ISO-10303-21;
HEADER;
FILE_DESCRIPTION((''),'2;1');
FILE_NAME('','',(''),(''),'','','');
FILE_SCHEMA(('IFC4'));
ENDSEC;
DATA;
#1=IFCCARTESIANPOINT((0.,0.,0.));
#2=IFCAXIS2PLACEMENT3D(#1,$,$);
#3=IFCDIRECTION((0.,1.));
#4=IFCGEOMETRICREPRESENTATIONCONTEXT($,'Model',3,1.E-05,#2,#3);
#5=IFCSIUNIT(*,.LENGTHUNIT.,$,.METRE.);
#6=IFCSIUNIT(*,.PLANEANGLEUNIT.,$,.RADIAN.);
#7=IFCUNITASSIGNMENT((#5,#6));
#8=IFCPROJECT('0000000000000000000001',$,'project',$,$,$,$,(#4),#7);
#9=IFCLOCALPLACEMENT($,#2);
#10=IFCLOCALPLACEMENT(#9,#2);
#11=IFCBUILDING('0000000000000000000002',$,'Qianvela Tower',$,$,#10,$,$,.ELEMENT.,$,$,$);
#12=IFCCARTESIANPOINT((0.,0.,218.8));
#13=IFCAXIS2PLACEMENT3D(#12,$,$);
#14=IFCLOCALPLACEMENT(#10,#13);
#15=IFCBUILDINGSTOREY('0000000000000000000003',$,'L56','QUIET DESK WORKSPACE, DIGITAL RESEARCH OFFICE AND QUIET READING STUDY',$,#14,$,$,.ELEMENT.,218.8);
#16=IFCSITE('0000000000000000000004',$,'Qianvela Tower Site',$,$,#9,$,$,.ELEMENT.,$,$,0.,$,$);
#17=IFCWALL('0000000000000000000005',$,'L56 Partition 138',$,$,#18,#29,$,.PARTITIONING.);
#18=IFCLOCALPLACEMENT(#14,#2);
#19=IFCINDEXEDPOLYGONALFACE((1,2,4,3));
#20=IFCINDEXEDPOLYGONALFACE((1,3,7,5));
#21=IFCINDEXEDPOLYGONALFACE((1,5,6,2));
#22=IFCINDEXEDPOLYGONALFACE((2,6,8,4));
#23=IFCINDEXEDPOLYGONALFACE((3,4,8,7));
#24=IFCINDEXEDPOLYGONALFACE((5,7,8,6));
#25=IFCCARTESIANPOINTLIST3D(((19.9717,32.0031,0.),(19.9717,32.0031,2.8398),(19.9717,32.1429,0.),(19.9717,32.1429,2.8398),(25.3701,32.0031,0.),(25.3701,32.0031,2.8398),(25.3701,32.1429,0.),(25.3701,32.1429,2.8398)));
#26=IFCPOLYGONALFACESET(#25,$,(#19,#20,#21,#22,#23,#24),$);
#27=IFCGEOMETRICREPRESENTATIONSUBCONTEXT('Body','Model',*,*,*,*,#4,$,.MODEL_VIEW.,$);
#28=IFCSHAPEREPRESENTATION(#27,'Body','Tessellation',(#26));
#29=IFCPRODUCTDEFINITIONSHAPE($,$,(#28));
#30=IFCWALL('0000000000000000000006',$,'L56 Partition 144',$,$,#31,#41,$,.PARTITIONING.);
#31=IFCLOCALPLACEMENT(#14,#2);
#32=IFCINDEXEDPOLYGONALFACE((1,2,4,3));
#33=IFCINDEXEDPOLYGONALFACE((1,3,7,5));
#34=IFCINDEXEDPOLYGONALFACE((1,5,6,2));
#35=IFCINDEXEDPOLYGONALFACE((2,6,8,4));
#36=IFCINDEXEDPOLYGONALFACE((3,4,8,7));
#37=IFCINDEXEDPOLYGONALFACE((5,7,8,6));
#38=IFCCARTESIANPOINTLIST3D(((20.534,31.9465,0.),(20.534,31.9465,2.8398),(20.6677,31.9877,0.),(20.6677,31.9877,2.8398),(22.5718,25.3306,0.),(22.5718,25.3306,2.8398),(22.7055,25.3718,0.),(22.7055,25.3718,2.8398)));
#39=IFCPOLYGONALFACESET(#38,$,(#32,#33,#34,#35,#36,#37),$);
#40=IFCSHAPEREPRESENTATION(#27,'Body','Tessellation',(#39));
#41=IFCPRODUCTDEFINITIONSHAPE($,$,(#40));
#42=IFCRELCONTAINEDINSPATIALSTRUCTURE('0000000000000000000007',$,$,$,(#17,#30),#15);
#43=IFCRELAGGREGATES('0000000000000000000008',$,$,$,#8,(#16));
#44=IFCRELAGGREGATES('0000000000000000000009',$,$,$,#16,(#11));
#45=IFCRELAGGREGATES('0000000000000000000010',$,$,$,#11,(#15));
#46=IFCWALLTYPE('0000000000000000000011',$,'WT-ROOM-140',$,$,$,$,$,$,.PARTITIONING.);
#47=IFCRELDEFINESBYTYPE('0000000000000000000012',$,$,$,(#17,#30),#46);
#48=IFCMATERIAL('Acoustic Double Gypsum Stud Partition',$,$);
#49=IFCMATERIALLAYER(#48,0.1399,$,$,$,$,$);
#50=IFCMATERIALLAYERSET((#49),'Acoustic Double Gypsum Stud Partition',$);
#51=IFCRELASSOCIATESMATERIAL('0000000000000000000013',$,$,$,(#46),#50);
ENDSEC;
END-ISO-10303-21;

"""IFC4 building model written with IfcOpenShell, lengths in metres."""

from ifc_helpers import new_model, si_unit, direction, frame, frame_2d, origin, place, context, subcontext, project, spatial, rectangle, extrude, material, layer, layer_set, type_object, element, save


model = new_model("IFC4")

# Units and contexts
model_context = context("Model", 3, precision=1e-05, world=origin(), true_north=direction((0.0, 1.0)))
body_context = subcontext(model_context, "Body", "Model", "MODEL_VIEW")
ifc_project = project(units=[si_unit("LENGTHUNIT", "METRE"), si_unit("PLANEANGLEUNIT", "RADIAN")], contexts=[model_context])

# Site, building, storey
site_placement = place(None, origin())
site = spatial("IfcSite", under=ifc_project, at=site_placement, Name="Qianvela Tower Site", CompositionType="ELEMENT", RefElevation=0.0)
building_placement = place(site_placement, origin())
building = spatial("IfcBuilding", under=site, at=building_placement, Name="Qianvela Tower", CompositionType="ELEMENT")
storey_placement = place(building_placement, frame((0.0, 0.0, 218.8)))
storey = spatial("IfcBuildingStorey", under=building, at=storey_placement, Name="L56", Description="QUIET DESK WORKSPACE, DIGITAL RESEARCH OFFICE AND QUIET READING STUDY", CompositionType="ELEMENT", Elevation=218.8)

# Walls
ifc_material_1 = material(Name="Acoustic Double Gypsum Stud Partition")
ifc_layer_1 = layer(ifc_material_1, 0.1399)
ifc_layer_set_1 = layer_set([ifc_layer_1], Name="Acoustic Double Gypsum Stud Partition")
wall_type_1 = type_object("IfcWallType", Name="WT-ROOM-140", PredefinedType="PARTITIONING", material=ifc_layer_set_1)
wall_1_placement = place(storey_placement, frame((25.3701, 32.073, 0.0), z_axis=(0.0, 0.0, 1.0), x_axis=(-1.0, 0.0, 0.0)))
element("IfcWall", 1, at=wall_1_placement, inside=storey, type_object=wall_type_1, Name="L56 Partition 138", PredefinedType="PARTITIONING", context=body_context, shape_type="SweptSolid", body=[
    extrude(rectangle(XDim=5.3984, YDim=0.1399, at=frame_2d((2.6992, 0.0))), origin(), (0.0, 0.0, 1.0), 2.8398),
])
wall_2_placement = place(storey_placement, frame((22.6387, 25.3511, 0.0), z_axis=(0.0, 0.0, 1.0), x_axis=(-0.294371, 0.955691, 0.0)))
element("IfcWall", 2, at=wall_2_placement, inside=storey, type_object=wall_type_1, Name="L56 Partition 144", PredefinedType="PARTITIONING", context=body_context, shape_type="SweptSolid", body=[
    extrude(rectangle(XDim=6.9226, YDim=0.1399, at=frame_2d((3.4614, 0.0))), origin(), (0.0, 0.0, 1.0), 2.8398),
])

save(model, "model.ifc")
